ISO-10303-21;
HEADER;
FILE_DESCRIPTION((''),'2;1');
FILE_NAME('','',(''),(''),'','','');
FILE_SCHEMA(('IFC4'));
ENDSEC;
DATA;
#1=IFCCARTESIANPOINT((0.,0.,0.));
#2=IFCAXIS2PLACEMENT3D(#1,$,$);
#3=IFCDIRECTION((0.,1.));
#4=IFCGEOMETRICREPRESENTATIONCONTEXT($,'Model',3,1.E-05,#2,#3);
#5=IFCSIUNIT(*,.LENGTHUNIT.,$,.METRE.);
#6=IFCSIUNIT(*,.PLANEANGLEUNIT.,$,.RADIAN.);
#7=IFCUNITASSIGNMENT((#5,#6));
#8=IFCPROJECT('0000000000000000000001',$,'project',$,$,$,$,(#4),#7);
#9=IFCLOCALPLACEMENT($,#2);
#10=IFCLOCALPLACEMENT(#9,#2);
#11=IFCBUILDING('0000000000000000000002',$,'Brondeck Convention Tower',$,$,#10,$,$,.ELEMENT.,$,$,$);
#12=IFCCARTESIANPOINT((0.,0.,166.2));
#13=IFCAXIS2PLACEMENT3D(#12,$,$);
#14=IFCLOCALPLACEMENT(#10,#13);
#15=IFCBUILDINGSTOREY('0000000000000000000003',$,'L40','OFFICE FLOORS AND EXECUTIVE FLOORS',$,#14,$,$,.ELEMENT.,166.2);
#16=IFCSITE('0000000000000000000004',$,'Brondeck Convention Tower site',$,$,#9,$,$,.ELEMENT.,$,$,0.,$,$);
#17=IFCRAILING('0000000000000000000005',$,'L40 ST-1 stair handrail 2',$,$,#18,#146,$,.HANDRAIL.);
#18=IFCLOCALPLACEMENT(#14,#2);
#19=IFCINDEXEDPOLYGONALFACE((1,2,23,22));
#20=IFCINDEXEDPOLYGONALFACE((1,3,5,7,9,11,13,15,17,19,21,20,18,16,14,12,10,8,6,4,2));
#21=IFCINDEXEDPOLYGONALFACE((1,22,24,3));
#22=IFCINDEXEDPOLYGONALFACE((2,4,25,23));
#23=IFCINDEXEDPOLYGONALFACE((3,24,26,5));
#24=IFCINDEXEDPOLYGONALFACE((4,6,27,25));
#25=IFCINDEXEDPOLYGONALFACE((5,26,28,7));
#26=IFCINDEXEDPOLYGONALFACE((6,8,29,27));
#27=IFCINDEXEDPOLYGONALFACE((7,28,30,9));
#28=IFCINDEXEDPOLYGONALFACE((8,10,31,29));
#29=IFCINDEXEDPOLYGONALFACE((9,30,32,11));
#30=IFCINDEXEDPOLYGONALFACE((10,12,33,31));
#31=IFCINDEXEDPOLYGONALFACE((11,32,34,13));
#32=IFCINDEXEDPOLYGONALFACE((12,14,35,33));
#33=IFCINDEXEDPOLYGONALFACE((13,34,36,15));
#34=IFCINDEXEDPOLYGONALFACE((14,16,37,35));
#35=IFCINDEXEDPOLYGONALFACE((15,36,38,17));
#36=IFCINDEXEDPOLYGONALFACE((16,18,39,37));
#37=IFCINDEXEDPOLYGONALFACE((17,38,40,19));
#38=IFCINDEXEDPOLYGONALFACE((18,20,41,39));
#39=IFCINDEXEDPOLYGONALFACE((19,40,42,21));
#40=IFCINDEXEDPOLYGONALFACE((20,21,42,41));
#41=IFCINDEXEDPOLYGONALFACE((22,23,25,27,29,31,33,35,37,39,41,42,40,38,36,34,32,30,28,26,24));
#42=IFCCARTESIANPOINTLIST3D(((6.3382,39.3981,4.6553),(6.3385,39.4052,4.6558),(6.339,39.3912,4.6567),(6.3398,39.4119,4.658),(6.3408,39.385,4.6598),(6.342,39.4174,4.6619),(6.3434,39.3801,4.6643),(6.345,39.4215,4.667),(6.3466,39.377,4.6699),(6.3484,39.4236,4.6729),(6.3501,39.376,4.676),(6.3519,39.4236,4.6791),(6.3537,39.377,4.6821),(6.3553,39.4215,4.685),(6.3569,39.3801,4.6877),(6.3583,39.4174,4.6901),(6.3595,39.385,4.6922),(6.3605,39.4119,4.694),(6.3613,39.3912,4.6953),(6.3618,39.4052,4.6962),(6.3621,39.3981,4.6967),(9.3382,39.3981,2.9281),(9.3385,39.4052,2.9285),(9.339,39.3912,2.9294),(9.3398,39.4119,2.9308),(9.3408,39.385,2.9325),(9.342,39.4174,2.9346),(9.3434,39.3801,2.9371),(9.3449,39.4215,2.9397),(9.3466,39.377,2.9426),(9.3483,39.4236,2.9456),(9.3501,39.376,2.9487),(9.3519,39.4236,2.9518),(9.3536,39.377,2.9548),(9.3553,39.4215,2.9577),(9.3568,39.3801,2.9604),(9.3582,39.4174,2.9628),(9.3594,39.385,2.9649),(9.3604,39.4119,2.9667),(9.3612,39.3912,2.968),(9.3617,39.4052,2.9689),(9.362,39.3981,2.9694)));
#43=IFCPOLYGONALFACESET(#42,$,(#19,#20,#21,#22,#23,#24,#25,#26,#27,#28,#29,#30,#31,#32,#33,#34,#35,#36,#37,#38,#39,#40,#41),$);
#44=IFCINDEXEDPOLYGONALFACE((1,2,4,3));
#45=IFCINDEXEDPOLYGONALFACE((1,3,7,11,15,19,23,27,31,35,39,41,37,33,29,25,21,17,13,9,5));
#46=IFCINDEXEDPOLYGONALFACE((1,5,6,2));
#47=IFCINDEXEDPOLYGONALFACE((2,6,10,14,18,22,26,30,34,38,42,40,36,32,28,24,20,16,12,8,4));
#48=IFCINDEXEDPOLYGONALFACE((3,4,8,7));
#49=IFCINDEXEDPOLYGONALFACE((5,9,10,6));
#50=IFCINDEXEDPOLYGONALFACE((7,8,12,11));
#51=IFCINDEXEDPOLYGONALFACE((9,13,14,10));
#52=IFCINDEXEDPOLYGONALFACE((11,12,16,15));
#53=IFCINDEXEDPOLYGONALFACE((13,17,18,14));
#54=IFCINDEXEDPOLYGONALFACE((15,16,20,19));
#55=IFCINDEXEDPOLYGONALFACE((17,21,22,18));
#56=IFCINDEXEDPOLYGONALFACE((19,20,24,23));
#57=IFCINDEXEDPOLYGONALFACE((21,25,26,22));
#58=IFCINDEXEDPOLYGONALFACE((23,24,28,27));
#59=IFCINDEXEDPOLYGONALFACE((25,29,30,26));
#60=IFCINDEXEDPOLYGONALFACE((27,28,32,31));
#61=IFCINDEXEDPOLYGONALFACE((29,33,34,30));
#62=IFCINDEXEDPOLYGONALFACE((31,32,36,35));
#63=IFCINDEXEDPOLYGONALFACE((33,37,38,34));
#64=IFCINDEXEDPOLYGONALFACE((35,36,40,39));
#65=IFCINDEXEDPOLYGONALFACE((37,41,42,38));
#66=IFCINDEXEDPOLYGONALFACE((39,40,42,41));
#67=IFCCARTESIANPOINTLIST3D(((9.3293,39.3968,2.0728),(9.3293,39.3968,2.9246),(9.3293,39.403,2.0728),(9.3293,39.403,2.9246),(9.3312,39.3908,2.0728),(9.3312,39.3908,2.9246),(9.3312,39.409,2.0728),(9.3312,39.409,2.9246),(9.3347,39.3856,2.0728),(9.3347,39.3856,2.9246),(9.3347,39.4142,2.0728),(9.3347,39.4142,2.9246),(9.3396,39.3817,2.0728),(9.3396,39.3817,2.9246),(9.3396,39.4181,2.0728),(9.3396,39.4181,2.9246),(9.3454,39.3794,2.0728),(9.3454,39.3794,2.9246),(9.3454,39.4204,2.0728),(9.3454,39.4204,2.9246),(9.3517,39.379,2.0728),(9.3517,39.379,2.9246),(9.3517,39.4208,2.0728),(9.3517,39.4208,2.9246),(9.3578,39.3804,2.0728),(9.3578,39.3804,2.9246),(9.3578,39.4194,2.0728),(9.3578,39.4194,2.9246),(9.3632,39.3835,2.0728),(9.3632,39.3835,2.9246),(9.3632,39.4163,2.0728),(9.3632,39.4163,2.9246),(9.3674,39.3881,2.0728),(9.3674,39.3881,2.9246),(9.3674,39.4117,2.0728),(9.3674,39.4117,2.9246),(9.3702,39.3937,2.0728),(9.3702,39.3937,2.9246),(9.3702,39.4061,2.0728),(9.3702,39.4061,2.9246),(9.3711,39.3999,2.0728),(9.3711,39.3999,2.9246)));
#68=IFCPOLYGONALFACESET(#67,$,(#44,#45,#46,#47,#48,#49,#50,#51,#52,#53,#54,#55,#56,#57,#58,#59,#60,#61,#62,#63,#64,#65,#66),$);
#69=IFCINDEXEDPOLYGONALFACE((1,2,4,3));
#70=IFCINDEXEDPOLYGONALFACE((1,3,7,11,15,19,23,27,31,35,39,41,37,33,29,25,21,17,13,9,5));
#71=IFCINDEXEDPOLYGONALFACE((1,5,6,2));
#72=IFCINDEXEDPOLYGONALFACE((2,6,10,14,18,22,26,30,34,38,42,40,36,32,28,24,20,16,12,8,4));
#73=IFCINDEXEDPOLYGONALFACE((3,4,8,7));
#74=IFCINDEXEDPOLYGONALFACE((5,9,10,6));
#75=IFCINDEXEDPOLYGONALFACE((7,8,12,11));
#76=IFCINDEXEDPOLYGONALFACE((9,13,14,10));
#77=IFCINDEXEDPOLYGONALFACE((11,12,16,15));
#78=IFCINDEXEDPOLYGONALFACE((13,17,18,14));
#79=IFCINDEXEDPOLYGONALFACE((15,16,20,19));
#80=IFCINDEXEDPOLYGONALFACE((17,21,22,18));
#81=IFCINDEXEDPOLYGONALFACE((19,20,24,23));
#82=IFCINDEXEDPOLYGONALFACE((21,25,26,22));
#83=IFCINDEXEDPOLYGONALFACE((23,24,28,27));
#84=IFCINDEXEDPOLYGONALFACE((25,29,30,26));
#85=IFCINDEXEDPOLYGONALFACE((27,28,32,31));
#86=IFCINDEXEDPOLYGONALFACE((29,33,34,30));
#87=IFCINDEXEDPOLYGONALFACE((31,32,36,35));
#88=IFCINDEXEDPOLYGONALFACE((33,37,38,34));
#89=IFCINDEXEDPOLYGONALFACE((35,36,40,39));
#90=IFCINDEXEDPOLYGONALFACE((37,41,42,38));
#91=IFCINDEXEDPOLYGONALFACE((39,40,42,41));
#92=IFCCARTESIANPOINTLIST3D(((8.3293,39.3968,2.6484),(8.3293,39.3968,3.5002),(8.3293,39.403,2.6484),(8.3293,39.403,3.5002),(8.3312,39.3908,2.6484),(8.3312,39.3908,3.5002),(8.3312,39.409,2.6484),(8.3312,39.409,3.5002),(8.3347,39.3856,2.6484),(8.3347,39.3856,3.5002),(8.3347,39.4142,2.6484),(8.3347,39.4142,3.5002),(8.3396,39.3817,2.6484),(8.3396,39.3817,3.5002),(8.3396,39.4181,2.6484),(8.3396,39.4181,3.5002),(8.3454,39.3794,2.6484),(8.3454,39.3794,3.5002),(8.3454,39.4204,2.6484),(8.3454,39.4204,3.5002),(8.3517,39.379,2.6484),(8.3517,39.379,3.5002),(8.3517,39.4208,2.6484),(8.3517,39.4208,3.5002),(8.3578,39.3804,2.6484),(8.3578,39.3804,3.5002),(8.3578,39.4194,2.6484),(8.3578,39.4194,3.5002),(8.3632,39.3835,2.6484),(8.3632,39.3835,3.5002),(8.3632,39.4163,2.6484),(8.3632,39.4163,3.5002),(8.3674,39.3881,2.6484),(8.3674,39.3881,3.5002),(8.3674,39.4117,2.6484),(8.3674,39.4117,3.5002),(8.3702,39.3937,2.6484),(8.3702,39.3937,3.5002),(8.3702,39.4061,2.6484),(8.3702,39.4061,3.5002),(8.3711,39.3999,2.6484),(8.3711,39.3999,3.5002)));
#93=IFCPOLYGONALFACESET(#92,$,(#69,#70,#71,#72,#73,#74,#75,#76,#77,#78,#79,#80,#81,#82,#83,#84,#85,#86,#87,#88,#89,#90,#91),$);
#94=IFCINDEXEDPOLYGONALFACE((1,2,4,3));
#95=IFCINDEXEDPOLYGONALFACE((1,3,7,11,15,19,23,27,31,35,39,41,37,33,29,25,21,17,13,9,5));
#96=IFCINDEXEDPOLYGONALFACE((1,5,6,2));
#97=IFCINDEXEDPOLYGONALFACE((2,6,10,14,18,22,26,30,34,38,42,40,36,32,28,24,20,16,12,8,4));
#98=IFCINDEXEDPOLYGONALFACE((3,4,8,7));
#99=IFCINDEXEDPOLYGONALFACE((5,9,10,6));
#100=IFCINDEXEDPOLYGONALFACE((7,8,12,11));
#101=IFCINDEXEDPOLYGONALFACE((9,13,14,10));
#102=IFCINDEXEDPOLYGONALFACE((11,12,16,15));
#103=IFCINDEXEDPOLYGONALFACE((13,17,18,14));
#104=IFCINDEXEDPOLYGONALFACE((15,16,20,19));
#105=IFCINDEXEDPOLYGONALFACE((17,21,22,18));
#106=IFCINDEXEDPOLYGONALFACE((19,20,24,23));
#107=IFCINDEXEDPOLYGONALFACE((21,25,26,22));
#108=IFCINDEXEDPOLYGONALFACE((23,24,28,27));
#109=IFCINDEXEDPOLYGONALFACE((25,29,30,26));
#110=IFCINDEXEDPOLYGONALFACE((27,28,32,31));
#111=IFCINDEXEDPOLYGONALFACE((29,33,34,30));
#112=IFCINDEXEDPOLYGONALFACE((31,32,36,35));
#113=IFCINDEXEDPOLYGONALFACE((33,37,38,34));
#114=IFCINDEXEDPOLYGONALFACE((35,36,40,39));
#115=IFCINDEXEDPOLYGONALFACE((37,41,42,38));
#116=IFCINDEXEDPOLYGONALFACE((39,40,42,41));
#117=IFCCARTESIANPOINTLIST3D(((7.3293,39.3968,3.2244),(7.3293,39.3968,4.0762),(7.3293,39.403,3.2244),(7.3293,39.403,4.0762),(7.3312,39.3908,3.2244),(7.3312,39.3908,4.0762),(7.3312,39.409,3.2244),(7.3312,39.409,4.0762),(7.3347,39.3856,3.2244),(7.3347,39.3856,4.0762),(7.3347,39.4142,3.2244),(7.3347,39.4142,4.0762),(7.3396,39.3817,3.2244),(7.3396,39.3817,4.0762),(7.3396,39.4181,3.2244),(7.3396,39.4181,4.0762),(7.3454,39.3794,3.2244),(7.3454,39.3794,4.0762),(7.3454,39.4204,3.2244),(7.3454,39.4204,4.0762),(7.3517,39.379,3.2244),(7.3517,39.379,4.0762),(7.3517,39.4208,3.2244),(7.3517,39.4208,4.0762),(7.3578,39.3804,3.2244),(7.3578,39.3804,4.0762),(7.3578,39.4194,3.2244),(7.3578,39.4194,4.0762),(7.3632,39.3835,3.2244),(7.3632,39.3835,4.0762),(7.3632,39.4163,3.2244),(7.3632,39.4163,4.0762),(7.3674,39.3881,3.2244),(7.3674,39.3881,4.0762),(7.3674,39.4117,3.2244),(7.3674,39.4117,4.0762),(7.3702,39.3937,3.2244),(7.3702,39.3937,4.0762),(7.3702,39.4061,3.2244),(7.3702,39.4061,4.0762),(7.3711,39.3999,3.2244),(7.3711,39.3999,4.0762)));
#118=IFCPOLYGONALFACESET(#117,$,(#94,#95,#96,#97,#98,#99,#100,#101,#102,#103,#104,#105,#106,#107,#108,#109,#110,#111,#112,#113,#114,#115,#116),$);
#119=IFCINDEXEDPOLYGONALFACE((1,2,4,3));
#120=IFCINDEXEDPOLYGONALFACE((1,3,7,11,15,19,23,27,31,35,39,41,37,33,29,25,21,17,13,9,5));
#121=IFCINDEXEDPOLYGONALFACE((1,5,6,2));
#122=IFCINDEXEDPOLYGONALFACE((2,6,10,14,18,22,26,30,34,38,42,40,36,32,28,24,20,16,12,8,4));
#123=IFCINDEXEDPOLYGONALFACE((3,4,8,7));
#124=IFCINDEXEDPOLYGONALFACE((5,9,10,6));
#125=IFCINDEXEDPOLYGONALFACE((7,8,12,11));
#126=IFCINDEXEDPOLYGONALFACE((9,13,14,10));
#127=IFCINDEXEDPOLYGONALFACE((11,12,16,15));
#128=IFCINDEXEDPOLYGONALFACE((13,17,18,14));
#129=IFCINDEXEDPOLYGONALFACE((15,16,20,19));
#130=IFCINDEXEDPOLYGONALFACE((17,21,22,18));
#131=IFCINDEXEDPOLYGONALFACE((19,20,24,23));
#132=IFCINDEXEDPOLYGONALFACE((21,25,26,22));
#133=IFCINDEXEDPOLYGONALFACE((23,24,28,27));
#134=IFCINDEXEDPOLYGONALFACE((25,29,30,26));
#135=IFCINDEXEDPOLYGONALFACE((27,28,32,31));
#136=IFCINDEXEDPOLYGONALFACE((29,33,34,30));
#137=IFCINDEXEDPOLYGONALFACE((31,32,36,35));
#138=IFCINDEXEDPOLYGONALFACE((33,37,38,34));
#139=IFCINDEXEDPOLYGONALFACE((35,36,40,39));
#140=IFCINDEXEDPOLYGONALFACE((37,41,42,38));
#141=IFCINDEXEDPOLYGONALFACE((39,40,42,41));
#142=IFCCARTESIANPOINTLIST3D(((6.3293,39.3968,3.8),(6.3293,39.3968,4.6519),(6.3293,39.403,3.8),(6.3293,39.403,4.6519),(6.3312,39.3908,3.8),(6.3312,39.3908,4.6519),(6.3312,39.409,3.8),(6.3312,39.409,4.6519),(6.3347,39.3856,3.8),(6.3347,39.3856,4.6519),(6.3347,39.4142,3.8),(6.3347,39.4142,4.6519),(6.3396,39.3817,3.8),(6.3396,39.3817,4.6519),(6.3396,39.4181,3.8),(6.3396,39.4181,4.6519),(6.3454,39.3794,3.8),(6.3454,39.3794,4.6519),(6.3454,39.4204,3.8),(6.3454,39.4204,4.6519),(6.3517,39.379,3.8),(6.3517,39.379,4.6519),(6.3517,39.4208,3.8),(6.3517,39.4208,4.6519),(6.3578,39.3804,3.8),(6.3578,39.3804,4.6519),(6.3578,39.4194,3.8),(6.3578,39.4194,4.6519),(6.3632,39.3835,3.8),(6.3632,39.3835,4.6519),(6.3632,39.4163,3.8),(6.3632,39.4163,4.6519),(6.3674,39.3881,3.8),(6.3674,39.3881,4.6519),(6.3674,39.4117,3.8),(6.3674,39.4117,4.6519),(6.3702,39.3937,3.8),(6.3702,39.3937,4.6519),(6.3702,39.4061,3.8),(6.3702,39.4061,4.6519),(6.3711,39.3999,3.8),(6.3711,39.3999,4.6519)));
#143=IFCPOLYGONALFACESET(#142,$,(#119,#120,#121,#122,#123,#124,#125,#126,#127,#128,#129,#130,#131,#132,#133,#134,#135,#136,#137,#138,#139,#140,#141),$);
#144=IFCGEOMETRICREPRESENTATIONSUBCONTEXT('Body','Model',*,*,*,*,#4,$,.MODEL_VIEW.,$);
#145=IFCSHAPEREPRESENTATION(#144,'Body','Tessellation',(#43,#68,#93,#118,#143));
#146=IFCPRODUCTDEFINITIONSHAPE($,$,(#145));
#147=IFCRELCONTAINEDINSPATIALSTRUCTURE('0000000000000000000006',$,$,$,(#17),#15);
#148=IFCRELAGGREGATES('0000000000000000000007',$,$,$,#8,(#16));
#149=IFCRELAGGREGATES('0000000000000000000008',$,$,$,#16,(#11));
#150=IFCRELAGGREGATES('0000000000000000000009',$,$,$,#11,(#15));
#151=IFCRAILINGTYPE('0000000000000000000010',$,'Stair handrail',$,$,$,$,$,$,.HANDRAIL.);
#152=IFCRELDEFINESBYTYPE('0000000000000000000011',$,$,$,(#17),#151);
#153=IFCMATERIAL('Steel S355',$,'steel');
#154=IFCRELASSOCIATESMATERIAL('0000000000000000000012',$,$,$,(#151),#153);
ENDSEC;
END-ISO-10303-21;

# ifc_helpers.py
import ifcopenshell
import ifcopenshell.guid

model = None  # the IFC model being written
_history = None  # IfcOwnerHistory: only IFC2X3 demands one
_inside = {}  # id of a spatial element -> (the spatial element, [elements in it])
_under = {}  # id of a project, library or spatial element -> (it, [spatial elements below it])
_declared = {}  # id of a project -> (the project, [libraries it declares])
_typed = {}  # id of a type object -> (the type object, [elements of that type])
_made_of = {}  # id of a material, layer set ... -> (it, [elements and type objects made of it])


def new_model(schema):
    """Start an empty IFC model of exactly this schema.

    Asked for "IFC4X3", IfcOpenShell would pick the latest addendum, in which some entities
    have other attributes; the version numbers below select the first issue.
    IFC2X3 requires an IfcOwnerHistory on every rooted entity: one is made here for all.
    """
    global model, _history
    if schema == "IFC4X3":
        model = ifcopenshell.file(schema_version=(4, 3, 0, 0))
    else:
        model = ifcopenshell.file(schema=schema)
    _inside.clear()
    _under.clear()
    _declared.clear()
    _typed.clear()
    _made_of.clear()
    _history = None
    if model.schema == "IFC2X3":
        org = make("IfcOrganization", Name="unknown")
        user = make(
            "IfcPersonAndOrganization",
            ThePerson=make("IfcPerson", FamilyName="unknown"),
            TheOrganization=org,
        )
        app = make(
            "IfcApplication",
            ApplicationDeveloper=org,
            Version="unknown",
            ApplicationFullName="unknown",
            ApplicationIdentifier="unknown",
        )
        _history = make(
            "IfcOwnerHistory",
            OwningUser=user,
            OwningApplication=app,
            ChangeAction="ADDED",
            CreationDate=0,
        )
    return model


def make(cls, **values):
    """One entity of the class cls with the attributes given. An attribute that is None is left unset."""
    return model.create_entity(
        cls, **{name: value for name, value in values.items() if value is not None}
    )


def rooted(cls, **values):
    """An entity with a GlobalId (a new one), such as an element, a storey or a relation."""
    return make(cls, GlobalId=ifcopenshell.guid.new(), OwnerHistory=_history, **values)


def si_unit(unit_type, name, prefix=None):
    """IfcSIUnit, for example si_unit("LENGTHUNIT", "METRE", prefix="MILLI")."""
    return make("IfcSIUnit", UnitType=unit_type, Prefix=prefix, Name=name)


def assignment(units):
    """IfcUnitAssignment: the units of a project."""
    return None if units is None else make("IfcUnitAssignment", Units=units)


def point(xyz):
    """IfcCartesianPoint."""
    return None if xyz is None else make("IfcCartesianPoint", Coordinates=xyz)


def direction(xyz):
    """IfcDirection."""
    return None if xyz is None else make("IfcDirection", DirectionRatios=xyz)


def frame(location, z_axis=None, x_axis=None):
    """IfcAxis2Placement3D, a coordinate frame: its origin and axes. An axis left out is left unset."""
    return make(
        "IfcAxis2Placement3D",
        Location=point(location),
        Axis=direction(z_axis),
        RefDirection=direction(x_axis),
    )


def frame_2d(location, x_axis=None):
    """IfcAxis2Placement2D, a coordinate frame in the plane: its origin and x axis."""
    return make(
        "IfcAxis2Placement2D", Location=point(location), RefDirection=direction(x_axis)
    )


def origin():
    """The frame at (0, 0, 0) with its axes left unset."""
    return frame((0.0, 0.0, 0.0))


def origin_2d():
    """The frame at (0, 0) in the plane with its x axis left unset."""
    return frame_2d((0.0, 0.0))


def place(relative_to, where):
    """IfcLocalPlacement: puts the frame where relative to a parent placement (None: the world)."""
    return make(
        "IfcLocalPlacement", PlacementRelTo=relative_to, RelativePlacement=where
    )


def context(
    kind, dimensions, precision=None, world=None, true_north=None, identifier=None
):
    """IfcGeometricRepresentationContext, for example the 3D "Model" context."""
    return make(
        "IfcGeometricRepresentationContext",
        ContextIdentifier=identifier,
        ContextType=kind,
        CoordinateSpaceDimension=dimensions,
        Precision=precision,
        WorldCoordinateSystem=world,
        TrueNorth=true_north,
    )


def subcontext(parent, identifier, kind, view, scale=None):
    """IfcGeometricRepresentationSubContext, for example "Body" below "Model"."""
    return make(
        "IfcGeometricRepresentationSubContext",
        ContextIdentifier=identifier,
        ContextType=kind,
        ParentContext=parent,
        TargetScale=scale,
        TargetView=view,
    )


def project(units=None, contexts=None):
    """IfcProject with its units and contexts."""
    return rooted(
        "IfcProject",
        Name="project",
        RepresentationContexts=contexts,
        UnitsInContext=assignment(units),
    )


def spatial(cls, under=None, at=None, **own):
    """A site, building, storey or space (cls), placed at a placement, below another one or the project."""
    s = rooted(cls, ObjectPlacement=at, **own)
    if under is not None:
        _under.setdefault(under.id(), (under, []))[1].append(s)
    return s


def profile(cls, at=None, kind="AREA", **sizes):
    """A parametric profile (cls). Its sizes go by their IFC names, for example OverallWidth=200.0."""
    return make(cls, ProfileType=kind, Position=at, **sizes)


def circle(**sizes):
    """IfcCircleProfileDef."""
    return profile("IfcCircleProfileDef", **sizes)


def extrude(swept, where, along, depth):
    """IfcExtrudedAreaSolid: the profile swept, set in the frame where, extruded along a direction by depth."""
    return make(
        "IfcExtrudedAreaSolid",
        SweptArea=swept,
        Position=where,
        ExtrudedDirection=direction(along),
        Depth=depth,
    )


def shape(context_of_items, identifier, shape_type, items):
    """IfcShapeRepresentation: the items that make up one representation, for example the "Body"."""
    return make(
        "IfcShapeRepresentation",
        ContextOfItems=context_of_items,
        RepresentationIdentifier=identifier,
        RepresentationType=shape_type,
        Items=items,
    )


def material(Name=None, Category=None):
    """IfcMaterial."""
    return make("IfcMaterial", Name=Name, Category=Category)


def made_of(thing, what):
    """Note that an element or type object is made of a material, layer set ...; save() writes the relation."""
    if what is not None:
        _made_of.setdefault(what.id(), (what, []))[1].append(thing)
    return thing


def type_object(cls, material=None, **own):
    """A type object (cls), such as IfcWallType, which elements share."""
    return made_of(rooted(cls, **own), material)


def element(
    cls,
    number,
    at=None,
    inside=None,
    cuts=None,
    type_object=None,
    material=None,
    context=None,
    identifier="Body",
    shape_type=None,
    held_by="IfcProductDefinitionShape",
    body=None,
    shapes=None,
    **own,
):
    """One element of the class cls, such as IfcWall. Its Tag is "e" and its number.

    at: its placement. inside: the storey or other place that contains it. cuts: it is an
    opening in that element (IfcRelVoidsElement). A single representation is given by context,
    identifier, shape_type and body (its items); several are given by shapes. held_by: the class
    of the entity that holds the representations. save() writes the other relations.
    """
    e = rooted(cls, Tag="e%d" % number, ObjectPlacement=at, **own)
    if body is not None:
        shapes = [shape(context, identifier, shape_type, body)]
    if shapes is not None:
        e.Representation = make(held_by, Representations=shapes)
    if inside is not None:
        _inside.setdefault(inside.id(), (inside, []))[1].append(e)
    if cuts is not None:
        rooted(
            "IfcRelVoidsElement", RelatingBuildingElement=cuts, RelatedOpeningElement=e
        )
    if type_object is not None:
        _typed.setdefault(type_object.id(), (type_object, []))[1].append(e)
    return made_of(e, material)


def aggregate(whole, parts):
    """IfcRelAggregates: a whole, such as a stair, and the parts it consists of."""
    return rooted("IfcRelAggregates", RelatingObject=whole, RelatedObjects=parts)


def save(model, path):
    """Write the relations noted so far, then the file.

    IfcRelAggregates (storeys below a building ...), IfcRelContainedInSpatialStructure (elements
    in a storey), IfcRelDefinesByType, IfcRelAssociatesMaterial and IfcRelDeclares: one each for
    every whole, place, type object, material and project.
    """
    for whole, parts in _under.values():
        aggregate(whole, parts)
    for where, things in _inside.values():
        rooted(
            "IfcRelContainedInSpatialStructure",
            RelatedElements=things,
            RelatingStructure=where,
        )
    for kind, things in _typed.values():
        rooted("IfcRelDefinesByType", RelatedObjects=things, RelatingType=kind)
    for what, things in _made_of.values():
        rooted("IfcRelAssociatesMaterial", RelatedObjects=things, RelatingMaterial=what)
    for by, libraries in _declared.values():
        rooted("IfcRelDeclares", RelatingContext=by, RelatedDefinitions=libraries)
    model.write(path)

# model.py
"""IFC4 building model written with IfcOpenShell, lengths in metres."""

from ifc_helpers import new_model, si_unit, direction, frame, origin, origin_2d, place, context, subcontext, project, spatial, circle, extrude, material, type_object, element, save


model = new_model("IFC4")

# Units and contexts
model_context = context("Model", 3, precision=1e-05, world=origin(), true_north=direction((0.0, 1.0)))
body_context = subcontext(model_context, "Body", "Model", "MODEL_VIEW")
ifc_project = project(units=[si_unit("LENGTHUNIT", "METRE"), si_unit("PLANEANGLEUNIT", "RADIAN")], contexts=[model_context])

# Site, building, storey
site_placement = place(None, origin())
site = spatial("IfcSite", under=ifc_project, at=site_placement, Name="Brondeck Convention Tower site", CompositionType="ELEMENT", RefElevation=0.0)
building_placement = place(site_placement, origin())
building = spatial("IfcBuilding", under=site, at=building_placement, Name="Brondeck Convention Tower", CompositionType="ELEMENT")
storey_placement = place(building_placement, frame((0.0, 0.0, 166.2)))
storey = spatial("IfcBuildingStorey", under=building, at=storey_placement, Name="L40", Description="OFFICE FLOORS AND EXECUTIVE FLOORS", CompositionType="ELEMENT", Elevation=166.2)

# Railing
ifc_material_1 = material(Name="Steel S355", Category="steel")
railing_type_1 = type_object("IfcRailingType", Name="Stair handrail", PredefinedType="HANDRAIL", material=ifc_material_1)
railing_1_placement = place(storey_placement, frame((9.3501, 39.3999, 2.0728)))
element("IfcRailing", 1, at=railing_1_placement, inside=storey, type_object=railing_type_1, Name="L40 ST-1 stair handrail 2", PredefinedType="HANDRAIL", context=body_context, shape_type="SweptSolid", body=[
    extrude(circle(Radius=0.0239, at=origin_2d()), frame((0.0, 0.0, 0.876), z_axis=(-0.86662, 0.0, 0.498969), x_axis=(0.0, -1.0, 0.0)), (0.0, 0.0, 1.0), 3.4617),
    extrude(circle(Radius=0.021, at=origin_2d()), origin(), (0.0, 0.0, 1.0), 0.8518),
    extrude(circle(Radius=0.021, at=origin_2d()), frame((-1.0, 0.0, 0.5757)), (0.0, 0.0, 1.0), 0.8518),
    extrude(circle(Radius=0.021, at=origin_2d()), frame((-2.0, 0.0, 1.1516)), (0.0, 0.0, 1.0), 0.8518),
    extrude(circle(Radius=0.021, at=origin_2d()), frame((-3.0, 0.0, 1.7273)), (0.0, 0.0, 1.0), 0.8518),
])

save(model, "model.ifc")
